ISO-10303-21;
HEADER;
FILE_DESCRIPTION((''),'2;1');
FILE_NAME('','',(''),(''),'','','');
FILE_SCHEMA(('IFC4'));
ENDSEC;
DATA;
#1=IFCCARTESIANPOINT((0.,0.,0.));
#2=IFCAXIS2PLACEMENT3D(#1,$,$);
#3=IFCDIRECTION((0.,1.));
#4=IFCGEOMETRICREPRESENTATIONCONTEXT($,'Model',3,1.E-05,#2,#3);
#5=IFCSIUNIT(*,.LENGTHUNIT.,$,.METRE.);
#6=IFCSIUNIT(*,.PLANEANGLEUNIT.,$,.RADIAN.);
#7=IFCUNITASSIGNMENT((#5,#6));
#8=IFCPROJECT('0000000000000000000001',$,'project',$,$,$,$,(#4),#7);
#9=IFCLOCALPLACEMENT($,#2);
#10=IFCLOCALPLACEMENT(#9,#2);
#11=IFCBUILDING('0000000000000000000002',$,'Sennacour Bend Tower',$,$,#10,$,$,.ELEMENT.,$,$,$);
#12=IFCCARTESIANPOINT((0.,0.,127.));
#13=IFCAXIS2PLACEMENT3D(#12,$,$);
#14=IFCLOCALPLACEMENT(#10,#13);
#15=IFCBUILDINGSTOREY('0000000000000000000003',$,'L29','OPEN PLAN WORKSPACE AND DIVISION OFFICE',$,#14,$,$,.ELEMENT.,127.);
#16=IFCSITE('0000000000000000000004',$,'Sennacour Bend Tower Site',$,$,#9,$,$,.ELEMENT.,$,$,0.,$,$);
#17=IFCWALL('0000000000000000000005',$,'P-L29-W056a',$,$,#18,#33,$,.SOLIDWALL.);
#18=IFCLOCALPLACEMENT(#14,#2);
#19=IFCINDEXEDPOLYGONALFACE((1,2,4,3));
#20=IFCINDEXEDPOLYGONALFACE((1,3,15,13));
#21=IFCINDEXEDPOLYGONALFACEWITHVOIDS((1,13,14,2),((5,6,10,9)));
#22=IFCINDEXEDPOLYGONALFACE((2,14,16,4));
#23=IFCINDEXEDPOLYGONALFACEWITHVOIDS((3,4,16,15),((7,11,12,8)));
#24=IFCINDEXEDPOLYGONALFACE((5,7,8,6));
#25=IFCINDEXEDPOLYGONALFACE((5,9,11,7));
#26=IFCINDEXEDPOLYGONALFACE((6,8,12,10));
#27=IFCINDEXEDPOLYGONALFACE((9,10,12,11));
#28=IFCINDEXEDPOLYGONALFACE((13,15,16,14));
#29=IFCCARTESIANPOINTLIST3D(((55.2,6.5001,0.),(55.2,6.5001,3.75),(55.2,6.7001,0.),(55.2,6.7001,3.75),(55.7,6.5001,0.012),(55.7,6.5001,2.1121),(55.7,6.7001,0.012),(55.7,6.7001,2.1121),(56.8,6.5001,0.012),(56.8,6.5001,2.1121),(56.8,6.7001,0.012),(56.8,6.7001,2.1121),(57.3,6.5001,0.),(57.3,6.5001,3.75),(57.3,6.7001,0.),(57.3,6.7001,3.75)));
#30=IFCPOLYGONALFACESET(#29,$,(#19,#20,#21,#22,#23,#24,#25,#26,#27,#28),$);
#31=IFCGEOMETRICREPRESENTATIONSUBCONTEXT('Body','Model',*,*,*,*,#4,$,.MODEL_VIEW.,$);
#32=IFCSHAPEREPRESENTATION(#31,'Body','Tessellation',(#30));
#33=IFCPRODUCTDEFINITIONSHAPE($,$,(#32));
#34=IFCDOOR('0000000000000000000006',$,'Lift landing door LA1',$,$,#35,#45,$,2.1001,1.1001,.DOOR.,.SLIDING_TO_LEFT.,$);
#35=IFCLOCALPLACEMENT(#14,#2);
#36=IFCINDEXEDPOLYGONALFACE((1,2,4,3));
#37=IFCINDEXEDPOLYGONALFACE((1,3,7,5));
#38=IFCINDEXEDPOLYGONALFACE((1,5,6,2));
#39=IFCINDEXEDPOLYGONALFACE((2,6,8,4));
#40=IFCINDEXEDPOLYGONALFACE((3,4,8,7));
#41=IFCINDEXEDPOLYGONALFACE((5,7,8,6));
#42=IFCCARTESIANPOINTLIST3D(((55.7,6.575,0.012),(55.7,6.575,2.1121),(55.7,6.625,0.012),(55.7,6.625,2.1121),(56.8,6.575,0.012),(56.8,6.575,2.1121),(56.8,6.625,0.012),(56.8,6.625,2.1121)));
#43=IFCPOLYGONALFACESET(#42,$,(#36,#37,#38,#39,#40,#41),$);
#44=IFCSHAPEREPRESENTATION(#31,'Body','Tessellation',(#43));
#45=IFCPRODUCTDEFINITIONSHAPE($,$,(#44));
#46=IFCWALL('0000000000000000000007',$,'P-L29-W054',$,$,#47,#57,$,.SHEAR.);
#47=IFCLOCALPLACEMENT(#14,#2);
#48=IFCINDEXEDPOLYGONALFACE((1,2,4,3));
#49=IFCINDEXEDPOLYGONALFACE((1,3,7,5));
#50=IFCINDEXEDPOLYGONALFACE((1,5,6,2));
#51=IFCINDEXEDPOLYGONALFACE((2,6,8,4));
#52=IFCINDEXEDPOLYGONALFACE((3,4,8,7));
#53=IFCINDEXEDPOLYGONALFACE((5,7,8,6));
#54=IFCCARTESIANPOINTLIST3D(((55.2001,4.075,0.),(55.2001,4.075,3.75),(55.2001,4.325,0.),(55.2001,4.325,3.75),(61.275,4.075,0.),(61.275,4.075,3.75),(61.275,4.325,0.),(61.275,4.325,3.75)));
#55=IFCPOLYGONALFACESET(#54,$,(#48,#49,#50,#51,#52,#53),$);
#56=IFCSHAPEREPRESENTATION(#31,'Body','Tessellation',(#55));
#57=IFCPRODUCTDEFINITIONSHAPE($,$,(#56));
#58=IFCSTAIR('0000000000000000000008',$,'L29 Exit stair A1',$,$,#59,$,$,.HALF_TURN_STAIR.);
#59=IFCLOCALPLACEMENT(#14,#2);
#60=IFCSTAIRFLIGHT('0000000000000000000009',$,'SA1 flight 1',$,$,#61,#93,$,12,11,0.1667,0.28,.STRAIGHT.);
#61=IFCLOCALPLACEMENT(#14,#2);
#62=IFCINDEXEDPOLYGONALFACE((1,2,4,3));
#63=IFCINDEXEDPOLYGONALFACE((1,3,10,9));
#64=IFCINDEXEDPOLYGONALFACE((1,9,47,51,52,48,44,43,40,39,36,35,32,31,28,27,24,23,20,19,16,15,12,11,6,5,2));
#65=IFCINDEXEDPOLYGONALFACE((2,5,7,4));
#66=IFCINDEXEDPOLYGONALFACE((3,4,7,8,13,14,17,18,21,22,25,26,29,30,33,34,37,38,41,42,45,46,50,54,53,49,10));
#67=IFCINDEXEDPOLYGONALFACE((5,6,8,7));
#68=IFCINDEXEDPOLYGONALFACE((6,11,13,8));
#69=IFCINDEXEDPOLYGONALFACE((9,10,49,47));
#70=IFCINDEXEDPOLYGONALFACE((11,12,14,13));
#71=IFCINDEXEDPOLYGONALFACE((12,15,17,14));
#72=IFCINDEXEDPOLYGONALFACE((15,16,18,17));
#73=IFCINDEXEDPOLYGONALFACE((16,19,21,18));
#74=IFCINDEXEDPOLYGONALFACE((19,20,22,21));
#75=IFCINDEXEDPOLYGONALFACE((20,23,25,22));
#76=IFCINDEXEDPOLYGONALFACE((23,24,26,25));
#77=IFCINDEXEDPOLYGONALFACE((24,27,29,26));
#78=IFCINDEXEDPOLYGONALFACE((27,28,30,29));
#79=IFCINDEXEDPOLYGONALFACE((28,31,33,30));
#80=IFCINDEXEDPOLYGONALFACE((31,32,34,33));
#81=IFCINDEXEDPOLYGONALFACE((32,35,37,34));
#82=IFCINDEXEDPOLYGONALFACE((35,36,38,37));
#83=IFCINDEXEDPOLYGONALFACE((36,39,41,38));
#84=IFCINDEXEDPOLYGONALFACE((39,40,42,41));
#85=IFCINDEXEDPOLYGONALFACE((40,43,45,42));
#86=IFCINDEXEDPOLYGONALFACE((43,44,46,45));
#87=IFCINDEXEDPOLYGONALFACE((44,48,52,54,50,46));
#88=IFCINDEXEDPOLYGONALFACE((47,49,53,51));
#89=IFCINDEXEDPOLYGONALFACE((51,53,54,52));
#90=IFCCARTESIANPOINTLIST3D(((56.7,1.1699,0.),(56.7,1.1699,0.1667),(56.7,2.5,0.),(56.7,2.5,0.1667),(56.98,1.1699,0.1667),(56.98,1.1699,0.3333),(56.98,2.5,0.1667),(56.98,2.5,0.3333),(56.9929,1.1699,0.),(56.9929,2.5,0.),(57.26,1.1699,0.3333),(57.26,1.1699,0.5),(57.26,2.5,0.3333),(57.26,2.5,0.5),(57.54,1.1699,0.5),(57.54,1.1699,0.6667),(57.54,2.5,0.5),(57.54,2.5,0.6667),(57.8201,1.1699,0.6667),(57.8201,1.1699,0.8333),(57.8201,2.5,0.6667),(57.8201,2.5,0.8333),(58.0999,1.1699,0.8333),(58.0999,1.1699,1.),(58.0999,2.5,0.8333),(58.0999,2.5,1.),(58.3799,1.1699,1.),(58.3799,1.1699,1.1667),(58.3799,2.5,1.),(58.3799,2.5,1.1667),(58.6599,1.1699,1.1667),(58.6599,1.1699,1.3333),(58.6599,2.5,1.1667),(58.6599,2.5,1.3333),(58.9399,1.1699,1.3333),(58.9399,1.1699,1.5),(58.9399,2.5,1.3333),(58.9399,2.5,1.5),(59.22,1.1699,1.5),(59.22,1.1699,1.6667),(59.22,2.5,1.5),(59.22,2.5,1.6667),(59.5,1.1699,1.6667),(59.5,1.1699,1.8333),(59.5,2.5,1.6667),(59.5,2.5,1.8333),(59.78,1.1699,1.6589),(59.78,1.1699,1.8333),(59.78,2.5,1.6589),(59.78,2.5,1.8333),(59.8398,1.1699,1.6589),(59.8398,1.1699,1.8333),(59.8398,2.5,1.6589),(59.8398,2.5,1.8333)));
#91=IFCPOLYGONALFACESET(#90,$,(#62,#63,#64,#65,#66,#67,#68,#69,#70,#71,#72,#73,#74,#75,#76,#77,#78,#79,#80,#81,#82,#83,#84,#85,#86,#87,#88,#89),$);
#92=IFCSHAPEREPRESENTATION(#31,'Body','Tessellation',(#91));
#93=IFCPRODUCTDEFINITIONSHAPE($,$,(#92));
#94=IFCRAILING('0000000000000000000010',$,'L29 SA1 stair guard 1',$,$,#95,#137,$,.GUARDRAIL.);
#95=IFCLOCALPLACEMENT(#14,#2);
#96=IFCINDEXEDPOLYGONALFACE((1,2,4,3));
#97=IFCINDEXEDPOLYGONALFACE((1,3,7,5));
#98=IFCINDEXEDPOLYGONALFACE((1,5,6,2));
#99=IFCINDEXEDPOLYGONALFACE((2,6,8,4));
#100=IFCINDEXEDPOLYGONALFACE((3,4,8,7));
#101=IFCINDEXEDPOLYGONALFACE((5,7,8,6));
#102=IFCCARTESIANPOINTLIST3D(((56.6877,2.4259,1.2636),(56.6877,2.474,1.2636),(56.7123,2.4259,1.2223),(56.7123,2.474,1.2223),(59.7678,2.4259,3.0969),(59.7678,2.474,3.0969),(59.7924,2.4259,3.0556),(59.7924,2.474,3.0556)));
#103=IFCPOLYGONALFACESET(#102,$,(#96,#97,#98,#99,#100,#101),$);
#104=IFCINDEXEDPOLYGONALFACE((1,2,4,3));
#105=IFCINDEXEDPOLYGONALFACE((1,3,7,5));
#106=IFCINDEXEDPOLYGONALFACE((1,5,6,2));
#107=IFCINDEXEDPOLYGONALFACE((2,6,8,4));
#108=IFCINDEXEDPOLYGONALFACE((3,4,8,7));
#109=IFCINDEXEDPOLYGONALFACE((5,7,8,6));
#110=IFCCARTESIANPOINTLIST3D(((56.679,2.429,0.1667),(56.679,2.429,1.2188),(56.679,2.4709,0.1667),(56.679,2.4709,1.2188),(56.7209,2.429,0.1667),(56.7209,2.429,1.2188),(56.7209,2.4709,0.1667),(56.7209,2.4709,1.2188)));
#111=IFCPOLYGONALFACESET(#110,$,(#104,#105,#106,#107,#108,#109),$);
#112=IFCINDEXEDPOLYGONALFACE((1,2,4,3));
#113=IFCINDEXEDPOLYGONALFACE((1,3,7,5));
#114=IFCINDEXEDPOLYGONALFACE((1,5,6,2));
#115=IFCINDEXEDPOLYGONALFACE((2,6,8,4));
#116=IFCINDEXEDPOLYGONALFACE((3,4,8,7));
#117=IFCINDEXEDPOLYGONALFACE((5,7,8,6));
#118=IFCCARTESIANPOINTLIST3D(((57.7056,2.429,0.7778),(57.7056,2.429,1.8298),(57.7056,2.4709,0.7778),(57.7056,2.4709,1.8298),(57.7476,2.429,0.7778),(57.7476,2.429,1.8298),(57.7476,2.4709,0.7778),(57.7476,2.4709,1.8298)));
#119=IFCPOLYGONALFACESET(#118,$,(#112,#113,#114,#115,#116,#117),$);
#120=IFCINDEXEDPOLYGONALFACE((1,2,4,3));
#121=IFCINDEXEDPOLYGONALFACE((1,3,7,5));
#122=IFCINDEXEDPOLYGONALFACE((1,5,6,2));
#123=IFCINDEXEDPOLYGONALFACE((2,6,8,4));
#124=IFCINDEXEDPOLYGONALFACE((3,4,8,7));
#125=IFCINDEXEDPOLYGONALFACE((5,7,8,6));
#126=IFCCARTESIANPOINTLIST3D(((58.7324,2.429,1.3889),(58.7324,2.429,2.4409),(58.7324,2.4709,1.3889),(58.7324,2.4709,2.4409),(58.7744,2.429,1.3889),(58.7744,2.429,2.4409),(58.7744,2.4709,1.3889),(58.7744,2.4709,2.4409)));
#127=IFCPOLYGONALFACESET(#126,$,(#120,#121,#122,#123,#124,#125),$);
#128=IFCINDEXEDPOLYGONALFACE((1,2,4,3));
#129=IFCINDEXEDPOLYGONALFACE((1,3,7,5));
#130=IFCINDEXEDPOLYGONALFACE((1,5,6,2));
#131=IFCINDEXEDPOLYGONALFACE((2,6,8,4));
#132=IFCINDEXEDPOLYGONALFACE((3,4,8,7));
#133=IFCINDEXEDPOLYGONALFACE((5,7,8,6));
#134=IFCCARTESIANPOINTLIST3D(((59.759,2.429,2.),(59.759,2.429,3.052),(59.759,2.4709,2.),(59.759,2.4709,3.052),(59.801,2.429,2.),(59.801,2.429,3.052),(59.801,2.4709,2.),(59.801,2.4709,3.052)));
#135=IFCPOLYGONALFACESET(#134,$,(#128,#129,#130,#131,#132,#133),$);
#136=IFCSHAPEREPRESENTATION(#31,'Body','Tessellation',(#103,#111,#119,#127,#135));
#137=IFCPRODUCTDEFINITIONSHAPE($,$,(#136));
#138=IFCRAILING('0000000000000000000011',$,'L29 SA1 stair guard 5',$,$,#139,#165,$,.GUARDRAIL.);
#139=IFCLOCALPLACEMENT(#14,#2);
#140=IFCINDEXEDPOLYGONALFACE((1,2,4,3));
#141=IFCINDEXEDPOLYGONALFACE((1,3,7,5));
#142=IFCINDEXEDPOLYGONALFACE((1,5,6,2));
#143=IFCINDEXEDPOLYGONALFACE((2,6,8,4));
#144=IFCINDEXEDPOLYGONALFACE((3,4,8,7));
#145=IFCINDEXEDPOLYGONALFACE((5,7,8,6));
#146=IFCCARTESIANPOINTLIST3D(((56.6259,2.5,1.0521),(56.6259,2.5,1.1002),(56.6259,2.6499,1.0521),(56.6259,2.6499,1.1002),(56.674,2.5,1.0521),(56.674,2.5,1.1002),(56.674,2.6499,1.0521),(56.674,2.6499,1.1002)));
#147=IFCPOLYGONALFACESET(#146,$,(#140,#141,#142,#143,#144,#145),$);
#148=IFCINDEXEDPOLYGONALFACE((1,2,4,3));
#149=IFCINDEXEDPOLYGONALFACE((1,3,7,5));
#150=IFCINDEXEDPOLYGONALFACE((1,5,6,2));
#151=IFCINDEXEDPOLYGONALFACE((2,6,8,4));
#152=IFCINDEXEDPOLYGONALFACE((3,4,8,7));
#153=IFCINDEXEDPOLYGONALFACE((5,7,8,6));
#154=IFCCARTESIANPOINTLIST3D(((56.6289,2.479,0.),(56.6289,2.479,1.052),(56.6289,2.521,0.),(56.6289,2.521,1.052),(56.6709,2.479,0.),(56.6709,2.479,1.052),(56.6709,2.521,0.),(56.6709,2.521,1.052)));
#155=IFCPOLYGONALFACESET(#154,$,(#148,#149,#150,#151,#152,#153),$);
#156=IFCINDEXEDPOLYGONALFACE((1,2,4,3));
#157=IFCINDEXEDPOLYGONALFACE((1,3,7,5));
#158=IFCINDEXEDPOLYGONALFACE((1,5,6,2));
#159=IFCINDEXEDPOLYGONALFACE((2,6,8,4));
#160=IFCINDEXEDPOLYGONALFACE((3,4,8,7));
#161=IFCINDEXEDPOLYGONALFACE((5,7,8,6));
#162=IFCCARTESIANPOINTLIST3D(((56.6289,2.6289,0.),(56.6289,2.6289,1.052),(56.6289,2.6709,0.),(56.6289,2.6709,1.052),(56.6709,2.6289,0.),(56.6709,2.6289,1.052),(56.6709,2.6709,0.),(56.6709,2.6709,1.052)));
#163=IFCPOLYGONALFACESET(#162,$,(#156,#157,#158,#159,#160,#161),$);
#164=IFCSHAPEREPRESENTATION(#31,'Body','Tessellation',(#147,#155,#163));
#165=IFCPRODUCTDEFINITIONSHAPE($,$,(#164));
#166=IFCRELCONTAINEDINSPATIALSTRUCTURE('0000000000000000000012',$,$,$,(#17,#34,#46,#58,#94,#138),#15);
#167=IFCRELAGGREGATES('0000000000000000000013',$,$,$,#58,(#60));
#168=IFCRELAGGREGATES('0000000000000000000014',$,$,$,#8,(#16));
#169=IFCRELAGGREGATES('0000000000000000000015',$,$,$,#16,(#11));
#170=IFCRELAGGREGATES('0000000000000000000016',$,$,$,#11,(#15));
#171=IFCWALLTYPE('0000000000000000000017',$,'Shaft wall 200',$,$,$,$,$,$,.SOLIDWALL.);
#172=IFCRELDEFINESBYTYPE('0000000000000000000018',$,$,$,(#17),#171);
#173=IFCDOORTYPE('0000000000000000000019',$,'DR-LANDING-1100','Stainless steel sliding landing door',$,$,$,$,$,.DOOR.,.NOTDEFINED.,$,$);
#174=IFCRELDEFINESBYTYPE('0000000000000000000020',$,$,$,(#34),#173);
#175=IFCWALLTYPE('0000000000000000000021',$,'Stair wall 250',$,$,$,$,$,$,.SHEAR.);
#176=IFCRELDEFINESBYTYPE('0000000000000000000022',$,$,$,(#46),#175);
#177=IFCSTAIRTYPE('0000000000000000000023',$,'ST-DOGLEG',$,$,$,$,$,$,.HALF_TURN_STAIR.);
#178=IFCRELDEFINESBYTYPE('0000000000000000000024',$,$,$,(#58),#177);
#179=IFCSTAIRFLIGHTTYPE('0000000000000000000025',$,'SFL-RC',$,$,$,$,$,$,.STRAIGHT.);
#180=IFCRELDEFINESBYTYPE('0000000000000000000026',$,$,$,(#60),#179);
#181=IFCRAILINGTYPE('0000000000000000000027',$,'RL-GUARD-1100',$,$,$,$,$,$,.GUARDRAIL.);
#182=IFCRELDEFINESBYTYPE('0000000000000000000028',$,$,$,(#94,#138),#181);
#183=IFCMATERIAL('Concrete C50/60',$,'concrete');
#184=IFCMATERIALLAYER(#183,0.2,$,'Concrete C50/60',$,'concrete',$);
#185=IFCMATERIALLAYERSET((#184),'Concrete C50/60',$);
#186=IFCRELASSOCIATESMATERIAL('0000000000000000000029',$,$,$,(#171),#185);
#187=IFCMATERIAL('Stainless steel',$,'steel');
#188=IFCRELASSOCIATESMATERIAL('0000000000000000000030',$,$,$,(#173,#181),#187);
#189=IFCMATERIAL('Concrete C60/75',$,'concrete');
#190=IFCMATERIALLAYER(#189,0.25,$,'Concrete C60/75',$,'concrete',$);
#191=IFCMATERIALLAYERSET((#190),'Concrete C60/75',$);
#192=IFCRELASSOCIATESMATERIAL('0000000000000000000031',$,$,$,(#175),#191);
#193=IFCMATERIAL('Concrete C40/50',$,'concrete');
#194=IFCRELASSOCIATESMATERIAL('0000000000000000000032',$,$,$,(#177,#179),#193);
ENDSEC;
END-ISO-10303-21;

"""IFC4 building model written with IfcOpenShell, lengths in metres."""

from ifc_helpers import new_model, si_unit, direction, frame, frame_2d, origin, origin_2d, place, context, subcontext, project, spatial, polyline, rectangle, outline, extrude, material, layer, layer_set, type_object, element, fill, aggregate, save


model = new_model("IFC4")

# Units and contexts
model_context = context("Model", 3, precision=1e-05, world=origin(), true_north=direction((0.0, 1.0)))
body_context = subcontext(model_context, "Body", "Model", "MODEL_VIEW")
ifc_project = project(units=[si_unit("LENGTHUNIT", "METRE"), si_unit("PLANEANGLEUNIT", "RADIAN")], contexts=[model_context])

# Site, building, storey
site_placement = place(None, origin())
site = spatial("IfcSite", under=ifc_project, at=site_placement, Name="Sennacour Bend Tower Site", CompositionType="ELEMENT", RefElevation=0.0)
building_placement = place(site_placement, origin())
building = spatial("IfcBuilding", under=site, at=building_placement, Name="Sennacour Bend Tower", CompositionType="ELEMENT")
storey_placement = place(building_placement, frame((0.0, 0.0, 127.0)))
storey = spatial("IfcBuildingStorey", under=building, at=storey_placement, Name="L29", Description="OPEN PLAN WORKSPACE AND DIVISION OFFICE", CompositionType="ELEMENT", Elevation=127.0)

# Wall, opening, door
ifc_material_1 = material(Name="Concrete C50/60", Category="concrete")
ifc_layer_1 = layer(ifc_material_1, 0.2, Name="Concrete C50/60", Category="concrete")
ifc_layer_set_1 = layer_set([ifc_layer_1], Name="Concrete C50/60")
wall_type_1 = type_object("IfcWallType", Name="Shaft wall 200", PredefinedType="SOLIDWALL", material=ifc_layer_set_1)
wall_1_placement = place(storey_placement, frame((55.2, 6.6001, 0.0), z_axis=(0.0, 0.0, 1.0), x_axis=(1.0, 0.0, 0.0)))
wall_1 = element("IfcWall", 1, at=wall_1_placement, inside=storey, type_object=wall_type_1, Name="P-L29-W056a", PredefinedType="SOLIDWALL", context=body_context, shape_type="SweptSolid", body=[
    extrude(rectangle(XDim=2.1001, YDim=0.2, at=frame_2d((1.05, 0.0))), origin(), (0.0, 0.0, 1.0), 3.75),
])
opening_1_placement = place(wall_1_placement, frame((0.5, 0.0, 0.012)))
opening_1 = element("IfcOpeningElement", 2, at=opening_1_placement, cuts=wall_1, PredefinedType="OPENING", context=body_context, shape_type="SweptSolid", body=[
    extrude(rectangle(XDim=1.1001, YDim=2.1001, at=frame_2d((0.55, 1.05))), frame((0.0, 0.1099, 0.0), z_axis=(0.0, -1.0, 0.0), x_axis=(1.0, 0.0, 0.0)), (0.0, 0.0, 1.0), 0.22),
])
ifc_material_2 = material(Name="Stainless steel", Category="steel")
door_type_1 = type_object("IfcDoorType", Name="DR-LANDING-1100", Description="Stainless steel sliding landing door", OperationType="NOTDEFINED", PredefinedType="DOOR", material=ifc_material_2)
door_1_placement = place(opening_1_placement, origin())
door_1 = element("IfcDoor", 3, at=door_1_placement, inside=storey, type_object=door_type_1, Name="Lift landing door LA1", OperationType="SLIDING_TO_LEFT", OverallHeight=2.1001, OverallWidth=1.1001, PredefinedType="DOOR", context=body_context, shape_type="SweptSolid", body=[
    extrude(rectangle(XDim=1.1001, YDim=2.1001, at=frame_2d((0.55, 1.05))), frame((0.0, 0.0249, 0.0), z_axis=(0.0, -1.0, 0.0), x_axis=(1.0, 0.0, 0.0)), (0.0, 0.0, 1.0), 0.05),
])
fill(opening_1, door_1)

# Wall
ifc_material_3 = material(Name="Concrete C60/75", Category="concrete")
ifc_layer_2 = layer(ifc_material_3, 0.25, Name="Concrete C60/75", Category="concrete")
ifc_layer_set_2 = layer_set([ifc_layer_2], Name="Concrete C60/75")
wall_type_2 = type_object("IfcWallType", Name="Stair wall 250", PredefinedType="SHEAR", material=ifc_layer_set_2)
wall_2_placement = place(storey_placement, frame((55.2, 4.2, 0.0), z_axis=(0.0, 0.0, 1.0), x_axis=(1.0, 0.0, 0.0)))
element("IfcWall", 4, at=wall_2_placement, inside=storey, type_object=wall_type_2, Name="P-L29-W054", PredefinedType="SHEAR", context=body_context, shape_type="SweptSolid", body=[
    extrude(rectangle(XDim=6.075, YDim=0.25, at=frame_2d((3.0376, 0.0))), origin(), (0.0, 0.0, 1.0), 3.75),
])

# Stair, stair flight
ifc_material_4 = material(Name="Concrete C40/50", Category="concrete")
stair_type = type_object("IfcStairType", Name="ST-DOGLEG", PredefinedType="HALF_TURN_STAIR", material=ifc_material_4)
stair_placement = place(storey_placement, origin())
stair = element("IfcStair", 5, at=stair_placement, inside=storey, type_object=stair_type, Name="L29 Exit stair A1", PredefinedType="HALF_TURN_STAIR")
stair_flight_type = type_object("IfcStairFlightType", Name="SFL-RC", PredefinedType="STRAIGHT", material=ifc_material_4)
stair_flight_placement = place(storey_placement, frame((56.7, 1.835, 0.0), z_axis=(0.0, 0.0, 1.0), x_axis=(1.0, 0.0, 0.0)))
stair_flight = element("IfcStairFlight", 6, at=stair_flight_placement, type_object=stair_flight_type, Name="SA1 flight 1", NumberOfRisers=12, NumberOfTreads=11, PredefinedType="STRAIGHT", RiserHeight=0.1667, TreadLength=0.28, context=body_context, shape_type="SweptSolid", body=[
    extrude(outline(polyline([(0.0, 0.0), (0.0, 0.1667), (0.28, 0.1667), (0.28, 0.3333), (0.5601, 0.3333), (0.5601, 0.5), (0.8401, 0.5), (0.8401, 0.6667), (1.1201, 0.6667), (1.1201, 0.8333), (1.3999, 0.8333), (1.3999, 1.0), (1.6799, 1.0), (1.6799, 1.1667), (1.96, 1.1667), (1.96, 1.3333), (2.24, 1.3333), (2.24, 1.5), (2.52, 1.5), (2.52, 1.6667), (2.8, 1.6667), (2.8, 1.8333), (3.0801, 1.8333), (3.1399, 1.8333), (3.1399, 1.6589), (3.0801, 1.6589), (0.293, 0.0), (0.0, 0.0)])), frame((0.0, 0.665, 0.0), z_axis=(0.0, -1.0, 0.0), x_axis=(1.0, 0.0, 0.0)), (0.0, 0.0, 1.0), 1.3301),
])
aggregate(stair, [stair_flight])

# Railings
railing_type_1 = type_object("IfcRailingType", Name="RL-GUARD-1100", PredefinedType="GUARDRAIL", material=ifc_material_2)
railing_1_placement = place(storey_placement, frame((56.7, 2.45, 0.1667)))
element("IfcRailing", 7, at=railing_1_placement, inside=storey, type_object=railing_type_1, Name="L29 SA1 stair guard 1", PredefinedType="GUARDRAIL", context=body_context, shape_type="SweptSolid", body=[
    extrude(rectangle(XDim=0.0481, YDim=0.0481, at=origin_2d()), frame((0.0, 0.0, 1.0762), z_axis=(0.859309, 0.0, 0.511458), x_axis=(0.0, 1.0, 0.0)), (0.0, 0.0, 1.0), 3.5845),
    extrude(rectangle(XDim=0.042, YDim=0.042, at=origin_2d()), origin(), (0.0, 0.0, 1.0), 1.052),
    extrude(rectangle(XDim=0.042, YDim=0.042, at=origin_2d()), frame((1.0266, 0.0, 0.6111)), (0.0, 0.0, 1.0), 1.052),
    extrude(rectangle(XDim=0.042, YDim=0.042, at=origin_2d()), frame((2.0535, 0.0, 1.2222)), (0.0, 0.0, 1.0), 1.052),
    extrude(rectangle(XDim=0.042, YDim=0.042, at=origin_2d()), frame((3.0801, 0.0, 1.8333)), (0.0, 0.0, 1.0), 1.052),
])
railing_2_placement = place(storey_placement, frame((56.6499, 2.5, 0.0)))
element("IfcRailing", 8, at=railing_2_placement, inside=storey, type_object=railing_type_1, Name="L29 SA1 stair guard 5", PredefinedType="GUARDRAIL", context=body_context, shape_type="SweptSolid", body=[
    extrude(rectangle(XDim=0.0481, YDim=0.0481, at=origin_2d()), frame((0.0, 0.0, 1.0762), z_axis=(0.0, 1.0, 0.0), x_axis=(-1.0, 0.0, 0.0)), (0.0, 0.0, 1.0), 0.1499),
    extrude(rectangle(XDim=0.042, YDim=0.042, at=origin_2d()), origin(), (0.0, 0.0, 1.0), 1.052),
    extrude(rectangle(XDim=0.042, YDim=0.042, at=origin_2d()), frame((0.0, 0.1499, 0.0)), (0.0, 0.0, 1.0), 1.052),
])

save(model, "model.ifc")
